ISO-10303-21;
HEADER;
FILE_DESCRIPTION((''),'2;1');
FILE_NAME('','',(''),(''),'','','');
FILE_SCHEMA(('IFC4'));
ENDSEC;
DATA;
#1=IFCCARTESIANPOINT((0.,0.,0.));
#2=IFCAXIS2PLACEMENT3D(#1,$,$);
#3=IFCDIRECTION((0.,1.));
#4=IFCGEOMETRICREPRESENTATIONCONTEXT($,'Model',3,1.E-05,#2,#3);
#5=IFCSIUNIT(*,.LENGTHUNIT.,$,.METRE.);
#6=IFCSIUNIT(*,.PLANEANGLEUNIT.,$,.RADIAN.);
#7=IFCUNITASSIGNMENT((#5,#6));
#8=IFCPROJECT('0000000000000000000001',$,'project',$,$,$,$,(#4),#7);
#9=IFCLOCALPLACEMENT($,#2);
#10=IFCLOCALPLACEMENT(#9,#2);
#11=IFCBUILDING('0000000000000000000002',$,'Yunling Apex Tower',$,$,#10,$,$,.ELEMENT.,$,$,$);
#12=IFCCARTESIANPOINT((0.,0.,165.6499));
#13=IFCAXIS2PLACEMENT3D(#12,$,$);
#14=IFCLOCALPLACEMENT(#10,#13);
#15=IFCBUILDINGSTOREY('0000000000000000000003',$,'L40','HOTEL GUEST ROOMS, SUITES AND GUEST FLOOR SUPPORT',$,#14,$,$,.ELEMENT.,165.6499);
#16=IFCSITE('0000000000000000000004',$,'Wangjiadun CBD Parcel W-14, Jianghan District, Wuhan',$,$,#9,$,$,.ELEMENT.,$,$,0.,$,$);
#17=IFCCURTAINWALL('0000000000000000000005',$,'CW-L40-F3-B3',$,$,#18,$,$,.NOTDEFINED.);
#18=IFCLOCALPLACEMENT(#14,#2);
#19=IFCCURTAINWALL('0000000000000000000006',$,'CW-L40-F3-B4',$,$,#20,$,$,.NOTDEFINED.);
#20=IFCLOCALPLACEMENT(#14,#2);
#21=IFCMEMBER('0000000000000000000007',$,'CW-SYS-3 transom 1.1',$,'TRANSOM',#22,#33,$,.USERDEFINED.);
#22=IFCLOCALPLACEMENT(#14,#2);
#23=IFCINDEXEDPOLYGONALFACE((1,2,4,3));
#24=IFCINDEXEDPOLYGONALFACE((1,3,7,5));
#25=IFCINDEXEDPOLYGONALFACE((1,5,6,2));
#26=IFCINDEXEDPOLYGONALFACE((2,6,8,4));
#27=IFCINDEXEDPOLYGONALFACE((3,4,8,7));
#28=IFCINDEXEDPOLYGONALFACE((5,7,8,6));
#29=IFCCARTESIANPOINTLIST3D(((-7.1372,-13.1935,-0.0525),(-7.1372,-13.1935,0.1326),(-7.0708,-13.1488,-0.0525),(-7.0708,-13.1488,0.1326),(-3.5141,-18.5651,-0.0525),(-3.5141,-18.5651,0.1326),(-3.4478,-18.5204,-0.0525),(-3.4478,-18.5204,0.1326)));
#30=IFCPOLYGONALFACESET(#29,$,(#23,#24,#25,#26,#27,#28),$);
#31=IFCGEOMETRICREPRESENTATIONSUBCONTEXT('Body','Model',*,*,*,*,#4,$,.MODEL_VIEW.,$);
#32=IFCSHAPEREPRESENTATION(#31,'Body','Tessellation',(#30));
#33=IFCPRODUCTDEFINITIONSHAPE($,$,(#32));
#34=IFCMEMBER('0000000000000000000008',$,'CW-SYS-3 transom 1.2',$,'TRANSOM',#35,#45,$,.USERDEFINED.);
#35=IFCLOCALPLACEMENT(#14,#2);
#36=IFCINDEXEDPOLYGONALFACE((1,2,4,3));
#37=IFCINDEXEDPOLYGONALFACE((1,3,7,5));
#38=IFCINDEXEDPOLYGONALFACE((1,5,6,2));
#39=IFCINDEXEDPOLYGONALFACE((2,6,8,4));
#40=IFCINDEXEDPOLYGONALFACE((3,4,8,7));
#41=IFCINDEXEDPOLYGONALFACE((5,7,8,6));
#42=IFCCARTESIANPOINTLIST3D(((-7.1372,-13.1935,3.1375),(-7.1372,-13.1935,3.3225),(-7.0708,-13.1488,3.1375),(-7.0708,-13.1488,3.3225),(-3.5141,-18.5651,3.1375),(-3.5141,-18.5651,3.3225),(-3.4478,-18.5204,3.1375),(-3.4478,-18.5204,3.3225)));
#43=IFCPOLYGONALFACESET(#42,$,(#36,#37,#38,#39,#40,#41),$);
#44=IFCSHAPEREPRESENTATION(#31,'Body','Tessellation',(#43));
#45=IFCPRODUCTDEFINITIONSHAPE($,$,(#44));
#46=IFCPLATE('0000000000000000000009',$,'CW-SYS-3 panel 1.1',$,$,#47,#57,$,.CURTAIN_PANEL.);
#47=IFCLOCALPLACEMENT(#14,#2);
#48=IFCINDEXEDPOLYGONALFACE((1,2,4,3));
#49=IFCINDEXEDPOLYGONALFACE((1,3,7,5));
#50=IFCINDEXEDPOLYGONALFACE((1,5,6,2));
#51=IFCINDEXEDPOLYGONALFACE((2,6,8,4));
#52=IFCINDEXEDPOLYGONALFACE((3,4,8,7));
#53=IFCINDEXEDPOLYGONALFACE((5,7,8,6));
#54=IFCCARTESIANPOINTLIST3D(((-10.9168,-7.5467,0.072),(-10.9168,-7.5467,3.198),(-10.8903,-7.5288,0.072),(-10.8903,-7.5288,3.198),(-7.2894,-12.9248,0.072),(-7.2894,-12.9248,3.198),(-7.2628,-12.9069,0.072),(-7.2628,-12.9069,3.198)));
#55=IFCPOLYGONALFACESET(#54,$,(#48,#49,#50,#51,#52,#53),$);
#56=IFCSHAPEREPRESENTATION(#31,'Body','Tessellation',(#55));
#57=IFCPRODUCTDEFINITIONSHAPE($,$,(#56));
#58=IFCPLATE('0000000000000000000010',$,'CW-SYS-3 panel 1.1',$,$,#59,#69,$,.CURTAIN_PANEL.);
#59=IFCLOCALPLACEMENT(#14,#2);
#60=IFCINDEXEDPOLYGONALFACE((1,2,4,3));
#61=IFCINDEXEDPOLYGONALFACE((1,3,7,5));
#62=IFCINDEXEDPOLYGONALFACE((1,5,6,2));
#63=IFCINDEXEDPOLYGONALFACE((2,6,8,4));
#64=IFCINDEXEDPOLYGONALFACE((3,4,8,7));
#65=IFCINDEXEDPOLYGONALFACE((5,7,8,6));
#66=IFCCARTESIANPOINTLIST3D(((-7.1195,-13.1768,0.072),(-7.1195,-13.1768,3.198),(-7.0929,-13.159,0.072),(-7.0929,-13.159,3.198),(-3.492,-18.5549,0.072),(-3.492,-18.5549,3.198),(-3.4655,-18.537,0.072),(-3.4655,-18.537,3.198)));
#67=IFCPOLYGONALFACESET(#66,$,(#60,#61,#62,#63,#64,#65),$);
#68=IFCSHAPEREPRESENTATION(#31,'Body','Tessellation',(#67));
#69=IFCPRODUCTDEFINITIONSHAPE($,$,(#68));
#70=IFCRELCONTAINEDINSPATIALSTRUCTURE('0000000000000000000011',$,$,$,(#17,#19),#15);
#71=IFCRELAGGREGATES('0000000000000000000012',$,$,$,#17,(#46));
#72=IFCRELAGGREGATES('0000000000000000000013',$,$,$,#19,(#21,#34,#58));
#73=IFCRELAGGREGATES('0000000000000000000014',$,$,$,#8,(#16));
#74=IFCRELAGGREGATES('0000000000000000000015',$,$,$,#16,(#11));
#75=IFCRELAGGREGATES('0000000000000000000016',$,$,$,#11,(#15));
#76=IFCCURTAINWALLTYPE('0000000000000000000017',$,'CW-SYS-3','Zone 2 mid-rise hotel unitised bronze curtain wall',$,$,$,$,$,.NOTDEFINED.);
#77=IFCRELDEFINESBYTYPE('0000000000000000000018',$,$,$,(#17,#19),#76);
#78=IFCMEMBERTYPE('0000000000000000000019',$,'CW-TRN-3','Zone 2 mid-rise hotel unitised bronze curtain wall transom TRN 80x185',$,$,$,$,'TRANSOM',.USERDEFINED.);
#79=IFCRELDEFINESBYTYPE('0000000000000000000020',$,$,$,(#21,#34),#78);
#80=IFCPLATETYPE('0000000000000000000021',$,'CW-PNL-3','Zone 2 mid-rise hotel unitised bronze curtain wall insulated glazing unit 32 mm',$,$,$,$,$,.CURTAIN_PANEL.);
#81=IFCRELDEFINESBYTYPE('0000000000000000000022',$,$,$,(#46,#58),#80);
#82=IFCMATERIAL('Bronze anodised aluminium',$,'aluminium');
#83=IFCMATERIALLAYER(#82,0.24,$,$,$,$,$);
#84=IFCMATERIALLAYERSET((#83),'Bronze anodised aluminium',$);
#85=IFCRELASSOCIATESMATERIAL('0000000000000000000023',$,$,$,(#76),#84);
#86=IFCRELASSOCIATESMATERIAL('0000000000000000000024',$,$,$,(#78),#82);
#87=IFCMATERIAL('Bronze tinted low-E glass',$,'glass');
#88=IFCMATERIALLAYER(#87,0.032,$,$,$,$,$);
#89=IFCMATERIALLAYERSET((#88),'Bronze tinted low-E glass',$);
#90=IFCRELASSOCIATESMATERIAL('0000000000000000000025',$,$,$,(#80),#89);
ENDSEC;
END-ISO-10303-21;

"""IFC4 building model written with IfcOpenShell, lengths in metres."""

from ifc_helpers import new_model, si_unit, direction, frame, origin, origin_2d, place, context, subcontext, project, spatial, rectangle, extrude, source, transform, mapped, material, layer, layer_set, material_profile, profile_set, type_object, element, aggregate, save


model = new_model("IFC4")

# Units and contexts
model_context = context("Model", 3, precision=1e-05, world=origin(), true_north=direction((0.0, 1.0)))
body_context = subcontext(model_context, "Body", "Model", "MODEL_VIEW")
ifc_project = project(units=[si_unit("LENGTHUNIT", "METRE"), si_unit("PLANEANGLEUNIT", "RADIAN")], contexts=[model_context])

# Site, building, storey
site_placement = place(None, origin())
site = spatial("IfcSite", under=ifc_project, at=site_placement, Name="Wangjiadun CBD Parcel W-14, Jianghan District, Wuhan", CompositionType="ELEMENT", RefElevation=0.0)
building_placement = place(site_placement, origin())
building = spatial("IfcBuilding", under=site, at=building_placement, Name="Yunling Apex Tower", CompositionType="ELEMENT")
storey_placement = place(building_placement, frame((0.0, 0.0, 165.6499)))
storey = spatial("IfcBuildingStorey", under=building, at=storey_placement, Name="L40", Description="HOTEL GUEST ROOMS, SUITES AND GUEST FLOOR SUPPORT", CompositionType="ELEMENT", Elevation=165.6499)

# Curtain wall
ifc_material_1 = material(Name="Bronze anodised aluminium", Category="aluminium")
ifc_layer_1 = layer(ifc_material_1, 0.24)
ifc_layer_set_1 = layer_set([ifc_layer_1], Name="Bronze anodised aluminium")
curtain_wall_type = type_object("IfcCurtainWallType", Name="CW-SYS-3", Description="Zone 2 mid-rise hotel unitised bronze curtain wall", PredefinedType="NOTDEFINED", material=ifc_layer_set_1)
curtain_wall_1_placement = place(storey_placement, origin())
curtain_wall_1 = element("IfcCurtainWall", 1, at=curtain_wall_1_placement, inside=storey, type_object=curtain_wall_type, Name="CW-L40-F3-B3", PredefinedType="NOTDEFINED")

# Curtain wall
curtain_wall_2_placement = place(storey_placement, origin())
curtain_wall_2 = element("IfcCurtainWall", 2, at=curtain_wall_2_placement, inside=storey, type_object=curtain_wall_type, Name="CW-L40-F3-B4", PredefinedType="NOTDEFINED")
ifc_material_profile_1 = material_profile(ifc_material_1, rectangle(XDim=0.0801, YDim=0.1851, at=origin_2d()))
ifc_profile_set_1 = profile_set([ifc_material_profile_1], Name="Bronze anodised aluminium")
member_type_1 = type_object("IfcMemberType", Name="CW-TRN-3", Description="Zone 2 mid-rise hotel unitised bronze curtain wall transom TRN 80x185", ElementType="TRANSOM", PredefinedType="USERDEFINED", material=ifc_profile_set_1)

# Members
shared_shape_1 = source(origin(), body_context, "Body", "SweptSolid", [
    extrude(rectangle(XDim=0.0801, YDim=0.1851, at=origin_2d()), origin(), (0.0, 0.0, 1.0), 6.4792),
])
member_1_placement = place(storey_placement, frame((-7.104, -13.1711, 0.04), z_axis=(0.559179, -0.829047, 0.0), x_axis=(0.829047, 0.559179, 0.0)))
member_1 = element("IfcMember", 3, at=member_1_placement, type_object=member_type_1, Name="CW-SYS-3 transom 1.1", ObjectType="TRANSOM", PredefinedType="USERDEFINED", context=body_context, shape_type="MappedRepresentation", body=[
    mapped(shared_shape_1, transform((0.0, 0.0, 0.0), scale=1.0)),
])
member_2_placement = place(storey_placement, frame((-7.104, -13.1711, 3.23), z_axis=(0.559179, -0.829047, 0.0), x_axis=(0.829047, 0.559179, 0.0)))
member_2 = element("IfcMember", 4, at=member_2_placement, type_object=member_type_1, Name="CW-SYS-3 transom 1.2", ObjectType="TRANSOM", PredefinedType="USERDEFINED", context=body_context, shape_type="MappedRepresentation", body=[
    mapped(shared_shape_1, transform((0.0, 0.0, 0.0), scale=1.0)),
])

# Plates
ifc_material_2 = material(Name="Bronze tinted low-E glass", Category="glass")
ifc_layer_2 = layer(ifc_material_2, 0.032)
ifc_layer_set_2 = layer_set([ifc_layer_2], Name="Bronze tinted low-E glass")
plate_type = type_object("IfcPlateType", Name="CW-PNL-3", Description="Zone 2 mid-rise hotel unitised bronze curtain wall insulated glazing unit 32 mm", PredefinedType="CURTAIN_PANEL", material=ifc_layer_set_2)
shared_shape_2 = source(origin(), body_context, "Body", "SweptSolid", [
    extrude(rectangle(XDim=6.4871, YDim=0.032, at=origin_2d()), origin(), (0.0, 0.0, 1.0), 3.126),
])
plate_1_placement = place(storey_placement, frame((-9.0898, -10.2268, 0.072), z_axis=(0.0, 0.0, 1.0), x_axis=(0.559188, -0.829041, 0.0)))
plate_1 = element("IfcPlate", 5, at=plate_1_placement, type_object=plate_type, Name="CW-SYS-3 panel 1.1", PredefinedType="CURTAIN_PANEL", context=body_context, shape_type="MappedRepresentation", body=[
    mapped(shared_shape_2, transform((0.0, 0.0, 0.0), scale=1.0)),
])
aggregate(curtain_wall_1, [plate_1])
plate_2_placement = place(storey_placement, frame((-5.2925, -15.8569, 0.072), z_axis=(0.0, 0.0, 1.0), x_axis=(0.559181, -0.829045, 0.0)))
plate_2 = element("IfcPlate", 6, at=plate_2_placement, type_object=plate_type, Name="CW-SYS-3 panel 1.1", PredefinedType="CURTAIN_PANEL", context=body_context, shape_type="MappedRepresentation", body=[
    mapped(shared_shape_2, transform((0.0, 0.0, 0.0), scale=1.0)),
])
aggregate(curtain_wall_2, [member_1, member_2, plate_2])

save(model, "model.ifc")
